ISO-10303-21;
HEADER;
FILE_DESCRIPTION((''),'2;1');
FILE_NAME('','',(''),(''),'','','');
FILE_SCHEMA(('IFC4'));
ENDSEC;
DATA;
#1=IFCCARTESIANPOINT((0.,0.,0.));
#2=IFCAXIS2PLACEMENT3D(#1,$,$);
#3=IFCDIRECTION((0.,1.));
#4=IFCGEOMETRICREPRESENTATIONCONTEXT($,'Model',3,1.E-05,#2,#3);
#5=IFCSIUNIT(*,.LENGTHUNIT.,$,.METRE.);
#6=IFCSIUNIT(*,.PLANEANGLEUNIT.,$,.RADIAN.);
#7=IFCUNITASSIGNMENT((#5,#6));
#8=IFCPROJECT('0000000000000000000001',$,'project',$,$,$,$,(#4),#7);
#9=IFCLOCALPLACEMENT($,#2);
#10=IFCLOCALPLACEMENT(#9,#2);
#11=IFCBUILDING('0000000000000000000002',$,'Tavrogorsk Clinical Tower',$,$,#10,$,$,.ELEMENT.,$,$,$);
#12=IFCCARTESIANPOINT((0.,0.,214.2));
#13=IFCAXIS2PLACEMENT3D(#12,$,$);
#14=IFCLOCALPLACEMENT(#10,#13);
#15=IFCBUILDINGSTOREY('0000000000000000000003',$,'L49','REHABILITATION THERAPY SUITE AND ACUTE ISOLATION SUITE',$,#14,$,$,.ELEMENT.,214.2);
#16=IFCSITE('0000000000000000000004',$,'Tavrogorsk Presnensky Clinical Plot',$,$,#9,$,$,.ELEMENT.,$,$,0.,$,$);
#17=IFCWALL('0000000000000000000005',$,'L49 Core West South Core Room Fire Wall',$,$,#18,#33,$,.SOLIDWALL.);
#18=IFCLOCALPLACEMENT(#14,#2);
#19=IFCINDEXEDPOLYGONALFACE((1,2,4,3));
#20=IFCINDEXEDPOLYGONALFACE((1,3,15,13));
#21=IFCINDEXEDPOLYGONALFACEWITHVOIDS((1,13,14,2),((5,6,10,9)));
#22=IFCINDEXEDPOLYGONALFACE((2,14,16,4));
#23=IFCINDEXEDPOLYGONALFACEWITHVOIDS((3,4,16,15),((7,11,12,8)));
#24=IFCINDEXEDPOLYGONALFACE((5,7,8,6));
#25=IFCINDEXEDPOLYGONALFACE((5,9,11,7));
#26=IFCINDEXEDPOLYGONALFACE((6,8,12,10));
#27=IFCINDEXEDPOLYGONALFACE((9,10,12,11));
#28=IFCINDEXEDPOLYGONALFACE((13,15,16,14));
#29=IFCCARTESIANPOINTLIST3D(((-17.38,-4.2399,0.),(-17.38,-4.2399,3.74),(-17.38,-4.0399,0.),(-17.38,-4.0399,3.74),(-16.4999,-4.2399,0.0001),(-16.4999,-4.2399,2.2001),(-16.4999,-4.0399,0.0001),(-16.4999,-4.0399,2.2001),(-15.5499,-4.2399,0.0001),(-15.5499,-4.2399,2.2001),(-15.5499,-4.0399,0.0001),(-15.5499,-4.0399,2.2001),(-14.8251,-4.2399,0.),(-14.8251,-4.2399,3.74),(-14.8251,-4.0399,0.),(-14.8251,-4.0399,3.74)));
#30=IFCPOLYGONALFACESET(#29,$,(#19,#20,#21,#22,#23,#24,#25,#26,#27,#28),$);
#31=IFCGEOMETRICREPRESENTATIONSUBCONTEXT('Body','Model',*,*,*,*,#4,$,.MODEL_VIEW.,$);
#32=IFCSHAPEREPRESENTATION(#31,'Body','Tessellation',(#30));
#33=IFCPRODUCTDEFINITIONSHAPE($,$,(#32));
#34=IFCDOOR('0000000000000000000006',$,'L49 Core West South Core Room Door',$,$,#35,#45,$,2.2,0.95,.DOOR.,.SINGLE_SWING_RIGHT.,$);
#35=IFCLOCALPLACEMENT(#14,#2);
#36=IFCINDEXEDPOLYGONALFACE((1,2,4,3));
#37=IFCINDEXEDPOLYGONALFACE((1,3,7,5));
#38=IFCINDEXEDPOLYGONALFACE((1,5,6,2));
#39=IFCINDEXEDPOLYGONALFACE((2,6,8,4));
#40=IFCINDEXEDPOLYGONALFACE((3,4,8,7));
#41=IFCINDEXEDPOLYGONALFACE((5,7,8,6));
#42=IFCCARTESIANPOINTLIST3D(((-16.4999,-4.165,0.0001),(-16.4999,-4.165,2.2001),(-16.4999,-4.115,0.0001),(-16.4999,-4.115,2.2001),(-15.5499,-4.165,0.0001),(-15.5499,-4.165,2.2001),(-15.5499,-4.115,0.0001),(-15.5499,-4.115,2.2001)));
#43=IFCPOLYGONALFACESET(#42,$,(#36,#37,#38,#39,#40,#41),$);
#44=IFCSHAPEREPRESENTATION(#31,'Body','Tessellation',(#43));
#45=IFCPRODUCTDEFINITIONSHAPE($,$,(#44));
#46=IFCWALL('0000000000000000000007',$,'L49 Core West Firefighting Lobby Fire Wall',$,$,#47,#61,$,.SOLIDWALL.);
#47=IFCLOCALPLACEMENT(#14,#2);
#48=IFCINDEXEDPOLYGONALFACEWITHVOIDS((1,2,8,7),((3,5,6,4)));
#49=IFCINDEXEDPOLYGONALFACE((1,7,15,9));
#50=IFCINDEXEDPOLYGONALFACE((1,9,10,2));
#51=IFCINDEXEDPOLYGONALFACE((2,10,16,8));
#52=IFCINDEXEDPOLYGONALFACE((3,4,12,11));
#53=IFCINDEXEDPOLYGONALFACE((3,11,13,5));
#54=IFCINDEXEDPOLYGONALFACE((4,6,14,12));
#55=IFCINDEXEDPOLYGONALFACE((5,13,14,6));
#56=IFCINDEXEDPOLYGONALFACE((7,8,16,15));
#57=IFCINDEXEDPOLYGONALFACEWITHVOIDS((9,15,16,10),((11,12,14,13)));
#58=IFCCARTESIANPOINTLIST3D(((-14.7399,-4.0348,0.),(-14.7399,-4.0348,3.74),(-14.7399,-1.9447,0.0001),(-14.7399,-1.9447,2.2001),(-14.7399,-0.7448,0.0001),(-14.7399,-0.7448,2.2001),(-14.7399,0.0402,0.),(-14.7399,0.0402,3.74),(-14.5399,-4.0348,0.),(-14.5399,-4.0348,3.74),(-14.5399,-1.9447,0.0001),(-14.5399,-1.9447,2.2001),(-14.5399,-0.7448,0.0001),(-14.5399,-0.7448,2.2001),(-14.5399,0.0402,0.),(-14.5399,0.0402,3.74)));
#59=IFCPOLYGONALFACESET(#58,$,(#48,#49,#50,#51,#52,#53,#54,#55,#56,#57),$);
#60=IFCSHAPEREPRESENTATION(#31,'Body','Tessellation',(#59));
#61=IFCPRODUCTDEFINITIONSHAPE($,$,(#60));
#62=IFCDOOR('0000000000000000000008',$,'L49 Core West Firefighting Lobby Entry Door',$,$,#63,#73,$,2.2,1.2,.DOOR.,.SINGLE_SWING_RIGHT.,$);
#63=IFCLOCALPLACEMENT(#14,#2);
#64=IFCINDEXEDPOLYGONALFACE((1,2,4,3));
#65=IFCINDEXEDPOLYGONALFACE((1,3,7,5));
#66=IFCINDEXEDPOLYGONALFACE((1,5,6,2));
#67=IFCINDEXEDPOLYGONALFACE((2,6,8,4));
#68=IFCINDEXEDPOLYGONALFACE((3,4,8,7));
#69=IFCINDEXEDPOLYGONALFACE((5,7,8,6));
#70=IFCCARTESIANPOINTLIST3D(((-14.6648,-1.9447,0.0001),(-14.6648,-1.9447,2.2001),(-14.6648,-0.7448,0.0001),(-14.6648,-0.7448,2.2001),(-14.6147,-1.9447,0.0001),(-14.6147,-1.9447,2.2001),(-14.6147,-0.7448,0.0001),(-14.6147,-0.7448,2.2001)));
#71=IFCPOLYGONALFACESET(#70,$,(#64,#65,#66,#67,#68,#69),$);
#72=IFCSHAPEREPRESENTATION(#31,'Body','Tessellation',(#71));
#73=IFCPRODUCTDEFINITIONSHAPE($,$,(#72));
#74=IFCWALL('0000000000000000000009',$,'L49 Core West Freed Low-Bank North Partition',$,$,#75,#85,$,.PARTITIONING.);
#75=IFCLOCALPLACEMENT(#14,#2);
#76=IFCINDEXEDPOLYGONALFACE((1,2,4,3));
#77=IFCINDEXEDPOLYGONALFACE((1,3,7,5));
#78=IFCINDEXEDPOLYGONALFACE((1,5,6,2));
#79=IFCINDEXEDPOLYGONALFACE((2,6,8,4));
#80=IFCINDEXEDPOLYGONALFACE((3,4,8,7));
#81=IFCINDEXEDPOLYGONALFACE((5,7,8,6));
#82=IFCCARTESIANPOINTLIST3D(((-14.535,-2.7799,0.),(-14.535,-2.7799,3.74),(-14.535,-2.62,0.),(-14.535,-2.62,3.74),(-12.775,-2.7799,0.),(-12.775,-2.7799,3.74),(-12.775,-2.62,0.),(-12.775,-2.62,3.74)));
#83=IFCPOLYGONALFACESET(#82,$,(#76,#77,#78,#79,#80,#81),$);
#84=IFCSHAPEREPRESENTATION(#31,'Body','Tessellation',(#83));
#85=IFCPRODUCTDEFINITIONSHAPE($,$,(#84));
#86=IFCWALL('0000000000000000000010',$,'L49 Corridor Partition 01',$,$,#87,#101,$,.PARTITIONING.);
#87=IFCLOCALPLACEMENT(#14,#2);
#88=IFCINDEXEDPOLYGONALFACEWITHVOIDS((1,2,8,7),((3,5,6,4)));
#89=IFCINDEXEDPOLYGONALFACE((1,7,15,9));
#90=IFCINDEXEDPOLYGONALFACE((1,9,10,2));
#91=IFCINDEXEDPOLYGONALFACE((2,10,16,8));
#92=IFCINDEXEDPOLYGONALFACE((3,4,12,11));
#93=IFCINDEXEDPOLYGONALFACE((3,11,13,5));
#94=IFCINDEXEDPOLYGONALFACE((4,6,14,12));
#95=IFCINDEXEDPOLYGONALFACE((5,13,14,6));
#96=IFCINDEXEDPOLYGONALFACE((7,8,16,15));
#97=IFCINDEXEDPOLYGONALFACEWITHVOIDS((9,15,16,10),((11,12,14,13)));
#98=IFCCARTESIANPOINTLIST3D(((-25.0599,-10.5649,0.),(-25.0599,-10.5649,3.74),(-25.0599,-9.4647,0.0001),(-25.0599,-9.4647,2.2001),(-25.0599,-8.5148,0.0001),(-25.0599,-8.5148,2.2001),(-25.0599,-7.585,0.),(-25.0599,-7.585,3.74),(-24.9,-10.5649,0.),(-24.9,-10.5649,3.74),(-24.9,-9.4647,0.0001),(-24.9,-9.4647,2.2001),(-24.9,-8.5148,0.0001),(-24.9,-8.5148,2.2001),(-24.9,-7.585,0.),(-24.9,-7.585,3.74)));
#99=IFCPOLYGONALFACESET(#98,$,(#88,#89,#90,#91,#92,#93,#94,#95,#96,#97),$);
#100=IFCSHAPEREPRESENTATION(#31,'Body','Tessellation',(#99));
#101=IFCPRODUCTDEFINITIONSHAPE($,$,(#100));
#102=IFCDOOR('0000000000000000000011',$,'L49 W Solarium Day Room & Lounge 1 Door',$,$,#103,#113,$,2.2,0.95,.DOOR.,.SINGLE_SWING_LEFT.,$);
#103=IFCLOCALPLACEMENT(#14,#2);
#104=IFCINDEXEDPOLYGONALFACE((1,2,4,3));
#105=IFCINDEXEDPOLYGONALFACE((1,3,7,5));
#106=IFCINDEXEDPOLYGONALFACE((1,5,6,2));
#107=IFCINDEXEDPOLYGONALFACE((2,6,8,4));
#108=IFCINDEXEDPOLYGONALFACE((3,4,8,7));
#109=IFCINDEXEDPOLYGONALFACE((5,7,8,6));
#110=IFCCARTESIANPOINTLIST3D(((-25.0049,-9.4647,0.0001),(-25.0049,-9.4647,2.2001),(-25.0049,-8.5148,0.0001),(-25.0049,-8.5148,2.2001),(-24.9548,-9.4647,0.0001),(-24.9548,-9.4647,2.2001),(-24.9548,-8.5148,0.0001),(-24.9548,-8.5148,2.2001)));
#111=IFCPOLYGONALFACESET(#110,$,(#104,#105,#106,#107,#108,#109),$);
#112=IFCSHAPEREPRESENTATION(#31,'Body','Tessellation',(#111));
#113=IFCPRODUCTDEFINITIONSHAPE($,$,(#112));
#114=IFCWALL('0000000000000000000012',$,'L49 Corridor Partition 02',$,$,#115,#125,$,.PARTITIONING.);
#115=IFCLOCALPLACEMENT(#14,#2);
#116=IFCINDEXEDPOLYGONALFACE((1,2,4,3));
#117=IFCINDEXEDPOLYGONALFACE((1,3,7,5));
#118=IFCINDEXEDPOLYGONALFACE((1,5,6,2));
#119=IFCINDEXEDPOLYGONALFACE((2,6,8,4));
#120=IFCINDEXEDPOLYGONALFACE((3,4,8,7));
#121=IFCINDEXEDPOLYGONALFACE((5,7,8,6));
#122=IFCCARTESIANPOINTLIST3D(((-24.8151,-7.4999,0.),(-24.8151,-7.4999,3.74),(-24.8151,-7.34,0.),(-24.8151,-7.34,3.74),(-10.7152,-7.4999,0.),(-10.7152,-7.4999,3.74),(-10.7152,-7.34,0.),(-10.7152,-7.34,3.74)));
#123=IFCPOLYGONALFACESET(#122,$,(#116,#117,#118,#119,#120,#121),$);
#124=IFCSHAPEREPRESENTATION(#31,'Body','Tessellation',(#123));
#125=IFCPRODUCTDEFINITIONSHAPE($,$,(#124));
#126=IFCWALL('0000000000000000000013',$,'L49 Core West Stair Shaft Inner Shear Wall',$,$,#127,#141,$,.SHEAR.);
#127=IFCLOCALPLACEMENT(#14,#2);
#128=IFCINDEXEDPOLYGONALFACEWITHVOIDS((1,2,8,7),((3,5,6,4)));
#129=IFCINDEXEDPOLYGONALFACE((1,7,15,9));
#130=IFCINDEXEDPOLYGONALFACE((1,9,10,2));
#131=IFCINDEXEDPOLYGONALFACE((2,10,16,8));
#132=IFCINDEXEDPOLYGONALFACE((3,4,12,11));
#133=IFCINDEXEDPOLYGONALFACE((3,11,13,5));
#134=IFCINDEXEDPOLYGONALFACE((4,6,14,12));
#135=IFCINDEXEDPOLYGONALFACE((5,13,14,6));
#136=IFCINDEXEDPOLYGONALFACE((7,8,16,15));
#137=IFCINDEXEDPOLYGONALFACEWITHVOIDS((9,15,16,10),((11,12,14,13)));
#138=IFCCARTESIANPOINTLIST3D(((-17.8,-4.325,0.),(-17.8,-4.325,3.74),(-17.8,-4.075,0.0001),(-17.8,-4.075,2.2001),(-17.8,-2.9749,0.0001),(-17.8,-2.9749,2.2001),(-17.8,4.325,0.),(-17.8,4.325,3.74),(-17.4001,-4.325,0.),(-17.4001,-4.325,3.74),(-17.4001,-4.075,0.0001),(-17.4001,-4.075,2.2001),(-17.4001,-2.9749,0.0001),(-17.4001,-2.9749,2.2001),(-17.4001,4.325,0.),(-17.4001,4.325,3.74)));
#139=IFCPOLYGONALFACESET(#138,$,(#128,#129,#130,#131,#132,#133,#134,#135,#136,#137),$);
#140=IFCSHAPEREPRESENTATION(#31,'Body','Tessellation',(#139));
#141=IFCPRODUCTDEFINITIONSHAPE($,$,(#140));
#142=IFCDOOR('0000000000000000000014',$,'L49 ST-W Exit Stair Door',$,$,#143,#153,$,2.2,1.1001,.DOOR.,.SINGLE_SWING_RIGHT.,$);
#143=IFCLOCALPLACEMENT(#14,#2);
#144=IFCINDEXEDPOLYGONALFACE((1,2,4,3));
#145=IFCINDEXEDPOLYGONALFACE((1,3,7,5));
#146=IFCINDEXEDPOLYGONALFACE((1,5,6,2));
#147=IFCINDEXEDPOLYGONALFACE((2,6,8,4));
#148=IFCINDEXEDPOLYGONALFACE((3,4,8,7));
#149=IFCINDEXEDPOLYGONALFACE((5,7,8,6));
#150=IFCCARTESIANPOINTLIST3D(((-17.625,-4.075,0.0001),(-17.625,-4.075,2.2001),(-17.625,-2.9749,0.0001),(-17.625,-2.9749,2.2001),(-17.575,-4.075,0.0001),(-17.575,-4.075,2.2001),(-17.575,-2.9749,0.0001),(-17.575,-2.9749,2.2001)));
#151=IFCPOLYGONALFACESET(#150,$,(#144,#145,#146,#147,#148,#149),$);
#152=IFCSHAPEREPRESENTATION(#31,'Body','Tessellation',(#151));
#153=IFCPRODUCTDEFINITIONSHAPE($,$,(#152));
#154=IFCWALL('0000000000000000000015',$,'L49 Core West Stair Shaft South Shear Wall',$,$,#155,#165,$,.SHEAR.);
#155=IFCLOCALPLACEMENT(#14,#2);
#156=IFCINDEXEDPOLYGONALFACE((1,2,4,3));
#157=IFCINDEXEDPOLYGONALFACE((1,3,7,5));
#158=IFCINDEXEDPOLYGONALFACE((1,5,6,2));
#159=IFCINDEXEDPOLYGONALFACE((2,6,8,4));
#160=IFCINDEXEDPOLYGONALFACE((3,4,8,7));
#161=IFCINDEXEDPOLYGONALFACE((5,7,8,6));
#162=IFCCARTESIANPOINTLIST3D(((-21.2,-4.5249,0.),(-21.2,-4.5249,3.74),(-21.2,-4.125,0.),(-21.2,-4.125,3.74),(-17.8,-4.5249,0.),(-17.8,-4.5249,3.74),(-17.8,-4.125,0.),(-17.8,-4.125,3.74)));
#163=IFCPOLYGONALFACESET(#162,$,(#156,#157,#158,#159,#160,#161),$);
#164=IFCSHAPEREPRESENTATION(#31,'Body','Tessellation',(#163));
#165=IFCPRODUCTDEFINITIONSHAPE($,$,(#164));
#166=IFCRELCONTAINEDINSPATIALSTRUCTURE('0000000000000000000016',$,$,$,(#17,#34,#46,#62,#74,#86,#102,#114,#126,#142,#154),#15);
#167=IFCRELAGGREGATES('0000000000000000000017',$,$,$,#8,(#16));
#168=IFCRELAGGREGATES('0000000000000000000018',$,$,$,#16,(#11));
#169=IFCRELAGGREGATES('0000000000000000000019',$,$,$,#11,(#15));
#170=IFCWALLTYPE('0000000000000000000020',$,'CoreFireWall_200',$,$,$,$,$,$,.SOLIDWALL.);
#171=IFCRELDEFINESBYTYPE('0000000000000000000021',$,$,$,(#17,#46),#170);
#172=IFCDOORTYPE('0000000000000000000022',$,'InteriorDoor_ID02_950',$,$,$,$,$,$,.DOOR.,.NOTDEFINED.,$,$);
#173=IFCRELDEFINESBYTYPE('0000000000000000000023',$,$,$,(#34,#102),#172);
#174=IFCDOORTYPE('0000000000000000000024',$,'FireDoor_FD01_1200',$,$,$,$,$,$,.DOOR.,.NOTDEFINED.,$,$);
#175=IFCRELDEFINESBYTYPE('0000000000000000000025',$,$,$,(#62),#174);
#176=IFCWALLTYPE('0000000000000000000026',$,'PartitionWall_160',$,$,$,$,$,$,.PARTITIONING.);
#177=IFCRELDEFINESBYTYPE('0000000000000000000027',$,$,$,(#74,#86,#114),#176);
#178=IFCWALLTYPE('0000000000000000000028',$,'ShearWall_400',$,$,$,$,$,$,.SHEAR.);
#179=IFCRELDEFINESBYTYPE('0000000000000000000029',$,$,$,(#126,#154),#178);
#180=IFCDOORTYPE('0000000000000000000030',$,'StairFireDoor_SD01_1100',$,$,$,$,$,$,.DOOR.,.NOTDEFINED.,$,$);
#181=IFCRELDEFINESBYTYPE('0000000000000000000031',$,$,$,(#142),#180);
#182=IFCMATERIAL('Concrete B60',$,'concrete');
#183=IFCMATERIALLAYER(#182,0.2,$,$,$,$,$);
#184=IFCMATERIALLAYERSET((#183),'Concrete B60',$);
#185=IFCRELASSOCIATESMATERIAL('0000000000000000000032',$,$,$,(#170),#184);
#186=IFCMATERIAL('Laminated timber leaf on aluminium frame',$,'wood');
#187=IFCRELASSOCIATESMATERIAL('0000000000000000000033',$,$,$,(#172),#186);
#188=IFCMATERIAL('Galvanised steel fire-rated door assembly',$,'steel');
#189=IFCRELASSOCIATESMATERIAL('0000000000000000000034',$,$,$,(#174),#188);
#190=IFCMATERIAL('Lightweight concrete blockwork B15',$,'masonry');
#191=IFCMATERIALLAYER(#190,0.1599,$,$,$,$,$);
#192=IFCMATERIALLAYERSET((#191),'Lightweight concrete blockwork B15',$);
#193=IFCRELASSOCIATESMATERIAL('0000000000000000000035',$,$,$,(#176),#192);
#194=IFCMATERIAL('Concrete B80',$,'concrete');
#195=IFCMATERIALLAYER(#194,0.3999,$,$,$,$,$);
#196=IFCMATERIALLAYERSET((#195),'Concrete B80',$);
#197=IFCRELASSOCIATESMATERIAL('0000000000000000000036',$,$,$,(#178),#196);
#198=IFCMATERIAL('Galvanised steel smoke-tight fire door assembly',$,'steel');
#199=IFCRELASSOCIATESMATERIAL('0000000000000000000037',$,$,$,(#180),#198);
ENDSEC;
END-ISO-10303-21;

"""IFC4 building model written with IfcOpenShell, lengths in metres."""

from ifc_helpers import new_model, si_unit, direction, frame, frame_2d, origin, place, context, subcontext, project, spatial, rectangle, extrude, material, layer, layer_set, type_object, element, fill, save


model = new_model("IFC4")

# Units and contexts
model_context = context("Model", 3, precision=1e-05, world=origin(), true_north=direction((0.0, 1.0)))
body_context = subcontext(model_context, "Body", "Model", "MODEL_VIEW")
ifc_project = project(units=[si_unit("LENGTHUNIT", "METRE"), si_unit("PLANEANGLEUNIT", "RADIAN")], contexts=[model_context])

# Site, building, storey
site_placement = place(None, origin())
site = spatial("IfcSite", under=ifc_project, at=site_placement, Name="Tavrogorsk Presnensky Clinical Plot", CompositionType="ELEMENT", RefElevation=0.0)
building_placement = place(site_placement, origin())
building = spatial("IfcBuilding", under=site, at=building_placement, Name="Tavrogorsk Clinical Tower", CompositionType="ELEMENT")
storey_placement = place(building_placement, frame((0.0, 0.0, 214.2)))
storey = spatial("IfcBuildingStorey", under=building, at=storey_placement, Name="L49", Description="REHABILITATION THERAPY SUITE AND ACUTE ISOLATION SUITE", CompositionType="ELEMENT", Elevation=214.2)

# Walls, openings, doors
ifc_material_1 = material(Name="Concrete B60", Category="concrete")
ifc_layer_1 = layer(ifc_material_1, 0.2)
ifc_layer_set_1 = layer_set([ifc_layer_1], Name="Concrete B60")
wall_type_1 = type_object("IfcWallType", Name="CoreFireWall_200", PredefinedType="SOLIDWALL", material=ifc_layer_set_1)
wall_1_placement = place(storey_placement, frame((-17.3799, -4.1399, 0.0), z_axis=(0.0, 0.0, 1.0), x_axis=(1.0, 0.0, 0.0)))
wall_1 = element("IfcWall", 1, at=wall_1_placement, inside=storey, type_object=wall_type_1, Name="L49 Core West South Core Room Fire Wall", PredefinedType="SOLIDWALL", context=body_context, shape_type="SweptSolid", body=[
    extrude(rectangle(XDim=2.5549, YDim=0.2, at=frame_2d((1.2773, 0.0))), origin(), (0.0, 0.0, 1.0), 3.74),
])
opening_1_placement = place(wall_1_placement, frame((0.8799, 0.0, 0.0)))
opening_1 = element("IfcOpeningElement", 2, at=opening_1_placement, cuts=wall_1, PredefinedType="OPENING", context=body_context, shape_type="SweptSolid", body=[
    extrude(rectangle(XDim=0.95, YDim=2.2, at=frame_2d((0.4751, 1.1001))), frame((0.0, 0.1099, 0.0), z_axis=(0.0, -1.0, 0.0), x_axis=(1.0, 0.0, 0.0)), (0.0, 0.0, 1.0), 0.22),
])
ifc_material_2 = material(Name="Laminated timber leaf on aluminium frame", Category="wood")
door_type_1 = type_object("IfcDoorType", Name="InteriorDoor_ID02_950", OperationType="NOTDEFINED", PredefinedType="DOOR", material=ifc_material_2)
door_1_placement = place(opening_1_placement, origin())
door_1 = element("IfcDoor", 3, at=door_1_placement, inside=storey, type_object=door_type_1, Name="L49 Core West South Core Room Door", OperationType="SINGLE_SWING_RIGHT", OverallHeight=2.2, OverallWidth=0.95, PredefinedType="DOOR", context=body_context, shape_type="SweptSolid", body=[
    extrude(rectangle(XDim=0.95, YDim=2.2, at=frame_2d((0.4751, 1.1001))), frame((0.0, 0.0249, 0.0), z_axis=(0.0, -1.0, 0.0), x_axis=(1.0, 0.0, 0.0)), (0.0, 0.0, 1.0), 0.05),
])
fill(opening_1, door_1)
wall_2_placement = place(storey_placement, frame((-14.6399, -4.0349, 0.0), z_axis=(0.0, 0.0, 1.0), x_axis=(0.0, 1.0, 0.0)))
wall_2 = element("IfcWall", 4, at=wall_2_placement, inside=storey, type_object=wall_type_1, Name="L49 Core West Firefighting Lobby Fire Wall", PredefinedType="SOLIDWALL", context=body_context, shape_type="SweptSolid", body=[
    extrude(rectangle(XDim=4.075, YDim=0.2, at=frame_2d((2.0376, 0.0))), origin(), (0.0, 0.0, 1.0), 3.74),
])
opening_2_placement = place(wall_2_placement, frame((2.0901, 0.0, 0.0)))
opening_2 = element("IfcOpeningElement", 5, at=opening_2_placement, cuts=wall_2, PredefinedType="OPENING", context=body_context, shape_type="SweptSolid", body=[
    extrude(rectangle(XDim=1.2, YDim=2.2, at=frame_2d((0.6001, 1.1001))), frame((0.0, 0.1099, 0.0), z_axis=(0.0, -1.0, 0.0), x_axis=(1.0, 0.0, 0.0)), (0.0, 0.0, 1.0), 0.22),
])
ifc_material_3 = material(Name="Galvanised steel fire-rated door assembly", Category="steel")
door_type_2 = type_object("IfcDoorType", Name="FireDoor_FD01_1200", OperationType="NOTDEFINED", PredefinedType="DOOR", material=ifc_material_3)
door_2_placement = place(opening_2_placement, origin())
door_2 = element("IfcDoor", 6, at=door_2_placement, inside=storey, type_object=door_type_2, Name="L49 Core West Firefighting Lobby Entry Door", OperationType="SINGLE_SWING_RIGHT", OverallHeight=2.2, OverallWidth=1.2, PredefinedType="DOOR", context=body_context, shape_type="SweptSolid", body=[
    extrude(rectangle(XDim=1.2, YDim=2.2, at=frame_2d((0.6001, 1.1001))), frame((0.0, 0.0249, 0.0), z_axis=(0.0, -1.0, 0.0), x_axis=(1.0, 0.0, 0.0)), (0.0, 0.0, 1.0), 0.05),
])
fill(opening_2, door_2)

# Wall
ifc_material_4 = material(Name="Lightweight concrete blockwork B15", Category="masonry")
ifc_layer_2 = layer(ifc_material_4, 0.1599)
ifc_layer_set_2 = layer_set([ifc_layer_2], Name="Lightweight concrete blockwork B15")
wall_type_2 = type_object("IfcWallType", Name="PartitionWall_160", PredefinedType="PARTITIONING", material=ifc_layer_set_2)
wall_3_placement = place(storey_placement, frame((-14.5349, -2.7, 0.0), z_axis=(0.0, 0.0, 1.0), x_axis=(1.0, 0.0, 0.0)))
element("IfcWall", 7, at=wall_3_placement, inside=storey, type_object=wall_type_2, Name="L49 Core West Freed Low-Bank North Partition", PredefinedType="PARTITIONING", context=body_context, shape_type="SweptSolid", body=[
    extrude(rectangle(XDim=1.76, YDim=0.1599, at=frame_2d((0.8799, 0.0))), origin(), (0.0, 0.0, 1.0), 3.74),
])

# Wall, opening, door
wall_4_placement = place(storey_placement, frame((-24.98, -10.5649, 0.0), z_axis=(0.0, 0.0, 1.0), x_axis=(0.0, 1.0, 0.0)))
wall_4 = element("IfcWall", 8, at=wall_4_placement, inside=storey, type_object=wall_type_2, Name="L49 Corridor Partition 01", PredefinedType="PARTITIONING", context=body_context, shape_type="SweptSolid", body=[
    extrude(rectangle(XDim=2.98, YDim=0.1599, at=frame_2d((1.49, 0.0))), origin(), (0.0, 0.0, 1.0), 3.74),
])
opening_3_placement = place(wall_4_placement, frame((1.1001, 0.0, 0.0)))
opening_3 = element("IfcOpeningElement", 9, at=opening_3_placement, cuts=wall_4, PredefinedType="OPENING", context=body_context, shape_type="SweptSolid", body=[
    extrude(rectangle(XDim=0.95, YDim=2.2, at=frame_2d((0.4751, 1.1001))), frame((0.0, 0.0898, 0.0), z_axis=(0.0, -1.0, 0.0), x_axis=(1.0, 0.0, 0.0)), (0.0, 0.0, 1.0), 0.1799),
])
door_3_placement = place(opening_3_placement, origin())
door_3 = element("IfcDoor", 10, at=door_3_placement, inside=storey, type_object=door_type_1, Name="L49 W Solarium Day Room & Lounge 1 Door", OperationType="SINGLE_SWING_LEFT", OverallHeight=2.2, OverallWidth=0.95, PredefinedType="DOOR", context=body_context, shape_type="SweptSolid", body=[
    extrude(rectangle(XDim=0.95, YDim=2.2, at=frame_2d((0.4751, 1.1001))), frame((0.0, 0.0249, 0.0), z_axis=(0.0, -1.0, 0.0), x_axis=(1.0, 0.0, 0.0)), (0.0, 0.0, 1.0), 0.05),
])
fill(opening_3, door_3)

# Wall
wall_5_placement = place(storey_placement, frame((-24.8149, -7.4199, 0.0), z_axis=(0.0, 0.0, 1.0), x_axis=(1.0, 0.0, 0.0)))
element("IfcWall", 11, at=wall_5_placement, inside=storey, type_object=wall_type_2, Name="L49 Corridor Partition 02", PredefinedType="PARTITIONING", context=body_context, shape_type="SweptSolid", body=[
    extrude(rectangle(XDim=14.0999, YDim=0.1599, at=frame_2d((7.0498, 0.0))), origin(), (0.0, 0.0, 1.0), 3.74),
])

# Wall, opening, door
ifc_material_5 = material(Name="Concrete B80", Category="concrete")
ifc_layer_3 = layer(ifc_material_5, 0.3999)
ifc_layer_set_3 = layer_set([ifc_layer_3], Name="Concrete B80")
wall_type_3 = type_object("IfcWallType", Name="ShearWall_400", PredefinedType="SHEAR", material=ifc_layer_set_3)
wall_6_placement = place(storey_placement, frame((-17.6001, -4.325, 0.0), z_axis=(0.0, 0.0, 1.0), x_axis=(0.0, 1.0, 0.0)))
wall_6 = element("IfcWall", 12, at=wall_6_placement, inside=storey, type_object=wall_type_3, Name="L49 Core West Stair Shaft Inner Shear Wall", PredefinedType="SHEAR", context=body_context, shape_type="SweptSolid", body=[
    extrude(rectangle(XDim=8.6499, YDim=0.3999, at=frame_2d((4.325, 0.0))), origin(), (0.0, 0.0, 1.0), 3.74),
])
opening_4_placement = place(wall_6_placement, frame((0.25, 0.0, 0.0)))
opening_4 = element("IfcOpeningElement", 13, at=opening_4_placement, cuts=wall_6, PredefinedType="OPENING", context=body_context, shape_type="SweptSolid", body=[
    extrude(rectangle(XDim=1.1001, YDim=2.2, at=frame_2d((0.55, 1.1001))), frame((0.0, 0.21, 0.0), z_axis=(0.0, -1.0, 0.0), x_axis=(1.0, 0.0, 0.0)), (0.0, 0.0, 1.0), 0.4199),
])
ifc_material_6 = material(Name="Galvanised steel smoke-tight fire door assembly", Category="steel")
door_type_3 = type_object("IfcDoorType", Name="StairFireDoor_SD01_1100", OperationType="NOTDEFINED", PredefinedType="DOOR", material=ifc_material_6)
door_4_placement = place(opening_4_placement, origin())
door_4 = element("IfcDoor", 14, at=door_4_placement, inside=storey, type_object=door_type_3, Name="L49 ST-W Exit Stair Door", OperationType="SINGLE_SWING_RIGHT", OverallHeight=2.2, OverallWidth=1.1001, PredefinedType="DOOR", context=body_context, shape_type="SweptSolid", body=[
    extrude(rectangle(XDim=1.1001, YDim=2.2, at=frame_2d((0.55, 1.1001))), frame((0.0, 0.0249, 0.0), z_axis=(0.0, -1.0, 0.0), x_axis=(1.0, 0.0, 0.0)), (0.0, 0.0, 1.0), 0.05),
])
fill(opening_4, door_4)

# Wall
wall_7_placement = place(storey_placement, frame((-21.2, -4.325, 0.0), z_axis=(0.0, 0.0, 1.0), x_axis=(1.0, 0.0, 0.0)))
element("IfcWall", 15, at=wall_7_placement, inside=storey, type_object=wall_type_3, Name="L49 Core West Stair Shaft South Shear Wall", PredefinedType="SHEAR", context=body_context, shape_type="SweptSolid", body=[
    extrude(rectangle(XDim=3.3999, YDim=0.3999, at=frame_2d((1.7, 0.0))), origin(), (0.0, 0.0, 1.0), 3.74),
])

save(model, "model.ifc")
